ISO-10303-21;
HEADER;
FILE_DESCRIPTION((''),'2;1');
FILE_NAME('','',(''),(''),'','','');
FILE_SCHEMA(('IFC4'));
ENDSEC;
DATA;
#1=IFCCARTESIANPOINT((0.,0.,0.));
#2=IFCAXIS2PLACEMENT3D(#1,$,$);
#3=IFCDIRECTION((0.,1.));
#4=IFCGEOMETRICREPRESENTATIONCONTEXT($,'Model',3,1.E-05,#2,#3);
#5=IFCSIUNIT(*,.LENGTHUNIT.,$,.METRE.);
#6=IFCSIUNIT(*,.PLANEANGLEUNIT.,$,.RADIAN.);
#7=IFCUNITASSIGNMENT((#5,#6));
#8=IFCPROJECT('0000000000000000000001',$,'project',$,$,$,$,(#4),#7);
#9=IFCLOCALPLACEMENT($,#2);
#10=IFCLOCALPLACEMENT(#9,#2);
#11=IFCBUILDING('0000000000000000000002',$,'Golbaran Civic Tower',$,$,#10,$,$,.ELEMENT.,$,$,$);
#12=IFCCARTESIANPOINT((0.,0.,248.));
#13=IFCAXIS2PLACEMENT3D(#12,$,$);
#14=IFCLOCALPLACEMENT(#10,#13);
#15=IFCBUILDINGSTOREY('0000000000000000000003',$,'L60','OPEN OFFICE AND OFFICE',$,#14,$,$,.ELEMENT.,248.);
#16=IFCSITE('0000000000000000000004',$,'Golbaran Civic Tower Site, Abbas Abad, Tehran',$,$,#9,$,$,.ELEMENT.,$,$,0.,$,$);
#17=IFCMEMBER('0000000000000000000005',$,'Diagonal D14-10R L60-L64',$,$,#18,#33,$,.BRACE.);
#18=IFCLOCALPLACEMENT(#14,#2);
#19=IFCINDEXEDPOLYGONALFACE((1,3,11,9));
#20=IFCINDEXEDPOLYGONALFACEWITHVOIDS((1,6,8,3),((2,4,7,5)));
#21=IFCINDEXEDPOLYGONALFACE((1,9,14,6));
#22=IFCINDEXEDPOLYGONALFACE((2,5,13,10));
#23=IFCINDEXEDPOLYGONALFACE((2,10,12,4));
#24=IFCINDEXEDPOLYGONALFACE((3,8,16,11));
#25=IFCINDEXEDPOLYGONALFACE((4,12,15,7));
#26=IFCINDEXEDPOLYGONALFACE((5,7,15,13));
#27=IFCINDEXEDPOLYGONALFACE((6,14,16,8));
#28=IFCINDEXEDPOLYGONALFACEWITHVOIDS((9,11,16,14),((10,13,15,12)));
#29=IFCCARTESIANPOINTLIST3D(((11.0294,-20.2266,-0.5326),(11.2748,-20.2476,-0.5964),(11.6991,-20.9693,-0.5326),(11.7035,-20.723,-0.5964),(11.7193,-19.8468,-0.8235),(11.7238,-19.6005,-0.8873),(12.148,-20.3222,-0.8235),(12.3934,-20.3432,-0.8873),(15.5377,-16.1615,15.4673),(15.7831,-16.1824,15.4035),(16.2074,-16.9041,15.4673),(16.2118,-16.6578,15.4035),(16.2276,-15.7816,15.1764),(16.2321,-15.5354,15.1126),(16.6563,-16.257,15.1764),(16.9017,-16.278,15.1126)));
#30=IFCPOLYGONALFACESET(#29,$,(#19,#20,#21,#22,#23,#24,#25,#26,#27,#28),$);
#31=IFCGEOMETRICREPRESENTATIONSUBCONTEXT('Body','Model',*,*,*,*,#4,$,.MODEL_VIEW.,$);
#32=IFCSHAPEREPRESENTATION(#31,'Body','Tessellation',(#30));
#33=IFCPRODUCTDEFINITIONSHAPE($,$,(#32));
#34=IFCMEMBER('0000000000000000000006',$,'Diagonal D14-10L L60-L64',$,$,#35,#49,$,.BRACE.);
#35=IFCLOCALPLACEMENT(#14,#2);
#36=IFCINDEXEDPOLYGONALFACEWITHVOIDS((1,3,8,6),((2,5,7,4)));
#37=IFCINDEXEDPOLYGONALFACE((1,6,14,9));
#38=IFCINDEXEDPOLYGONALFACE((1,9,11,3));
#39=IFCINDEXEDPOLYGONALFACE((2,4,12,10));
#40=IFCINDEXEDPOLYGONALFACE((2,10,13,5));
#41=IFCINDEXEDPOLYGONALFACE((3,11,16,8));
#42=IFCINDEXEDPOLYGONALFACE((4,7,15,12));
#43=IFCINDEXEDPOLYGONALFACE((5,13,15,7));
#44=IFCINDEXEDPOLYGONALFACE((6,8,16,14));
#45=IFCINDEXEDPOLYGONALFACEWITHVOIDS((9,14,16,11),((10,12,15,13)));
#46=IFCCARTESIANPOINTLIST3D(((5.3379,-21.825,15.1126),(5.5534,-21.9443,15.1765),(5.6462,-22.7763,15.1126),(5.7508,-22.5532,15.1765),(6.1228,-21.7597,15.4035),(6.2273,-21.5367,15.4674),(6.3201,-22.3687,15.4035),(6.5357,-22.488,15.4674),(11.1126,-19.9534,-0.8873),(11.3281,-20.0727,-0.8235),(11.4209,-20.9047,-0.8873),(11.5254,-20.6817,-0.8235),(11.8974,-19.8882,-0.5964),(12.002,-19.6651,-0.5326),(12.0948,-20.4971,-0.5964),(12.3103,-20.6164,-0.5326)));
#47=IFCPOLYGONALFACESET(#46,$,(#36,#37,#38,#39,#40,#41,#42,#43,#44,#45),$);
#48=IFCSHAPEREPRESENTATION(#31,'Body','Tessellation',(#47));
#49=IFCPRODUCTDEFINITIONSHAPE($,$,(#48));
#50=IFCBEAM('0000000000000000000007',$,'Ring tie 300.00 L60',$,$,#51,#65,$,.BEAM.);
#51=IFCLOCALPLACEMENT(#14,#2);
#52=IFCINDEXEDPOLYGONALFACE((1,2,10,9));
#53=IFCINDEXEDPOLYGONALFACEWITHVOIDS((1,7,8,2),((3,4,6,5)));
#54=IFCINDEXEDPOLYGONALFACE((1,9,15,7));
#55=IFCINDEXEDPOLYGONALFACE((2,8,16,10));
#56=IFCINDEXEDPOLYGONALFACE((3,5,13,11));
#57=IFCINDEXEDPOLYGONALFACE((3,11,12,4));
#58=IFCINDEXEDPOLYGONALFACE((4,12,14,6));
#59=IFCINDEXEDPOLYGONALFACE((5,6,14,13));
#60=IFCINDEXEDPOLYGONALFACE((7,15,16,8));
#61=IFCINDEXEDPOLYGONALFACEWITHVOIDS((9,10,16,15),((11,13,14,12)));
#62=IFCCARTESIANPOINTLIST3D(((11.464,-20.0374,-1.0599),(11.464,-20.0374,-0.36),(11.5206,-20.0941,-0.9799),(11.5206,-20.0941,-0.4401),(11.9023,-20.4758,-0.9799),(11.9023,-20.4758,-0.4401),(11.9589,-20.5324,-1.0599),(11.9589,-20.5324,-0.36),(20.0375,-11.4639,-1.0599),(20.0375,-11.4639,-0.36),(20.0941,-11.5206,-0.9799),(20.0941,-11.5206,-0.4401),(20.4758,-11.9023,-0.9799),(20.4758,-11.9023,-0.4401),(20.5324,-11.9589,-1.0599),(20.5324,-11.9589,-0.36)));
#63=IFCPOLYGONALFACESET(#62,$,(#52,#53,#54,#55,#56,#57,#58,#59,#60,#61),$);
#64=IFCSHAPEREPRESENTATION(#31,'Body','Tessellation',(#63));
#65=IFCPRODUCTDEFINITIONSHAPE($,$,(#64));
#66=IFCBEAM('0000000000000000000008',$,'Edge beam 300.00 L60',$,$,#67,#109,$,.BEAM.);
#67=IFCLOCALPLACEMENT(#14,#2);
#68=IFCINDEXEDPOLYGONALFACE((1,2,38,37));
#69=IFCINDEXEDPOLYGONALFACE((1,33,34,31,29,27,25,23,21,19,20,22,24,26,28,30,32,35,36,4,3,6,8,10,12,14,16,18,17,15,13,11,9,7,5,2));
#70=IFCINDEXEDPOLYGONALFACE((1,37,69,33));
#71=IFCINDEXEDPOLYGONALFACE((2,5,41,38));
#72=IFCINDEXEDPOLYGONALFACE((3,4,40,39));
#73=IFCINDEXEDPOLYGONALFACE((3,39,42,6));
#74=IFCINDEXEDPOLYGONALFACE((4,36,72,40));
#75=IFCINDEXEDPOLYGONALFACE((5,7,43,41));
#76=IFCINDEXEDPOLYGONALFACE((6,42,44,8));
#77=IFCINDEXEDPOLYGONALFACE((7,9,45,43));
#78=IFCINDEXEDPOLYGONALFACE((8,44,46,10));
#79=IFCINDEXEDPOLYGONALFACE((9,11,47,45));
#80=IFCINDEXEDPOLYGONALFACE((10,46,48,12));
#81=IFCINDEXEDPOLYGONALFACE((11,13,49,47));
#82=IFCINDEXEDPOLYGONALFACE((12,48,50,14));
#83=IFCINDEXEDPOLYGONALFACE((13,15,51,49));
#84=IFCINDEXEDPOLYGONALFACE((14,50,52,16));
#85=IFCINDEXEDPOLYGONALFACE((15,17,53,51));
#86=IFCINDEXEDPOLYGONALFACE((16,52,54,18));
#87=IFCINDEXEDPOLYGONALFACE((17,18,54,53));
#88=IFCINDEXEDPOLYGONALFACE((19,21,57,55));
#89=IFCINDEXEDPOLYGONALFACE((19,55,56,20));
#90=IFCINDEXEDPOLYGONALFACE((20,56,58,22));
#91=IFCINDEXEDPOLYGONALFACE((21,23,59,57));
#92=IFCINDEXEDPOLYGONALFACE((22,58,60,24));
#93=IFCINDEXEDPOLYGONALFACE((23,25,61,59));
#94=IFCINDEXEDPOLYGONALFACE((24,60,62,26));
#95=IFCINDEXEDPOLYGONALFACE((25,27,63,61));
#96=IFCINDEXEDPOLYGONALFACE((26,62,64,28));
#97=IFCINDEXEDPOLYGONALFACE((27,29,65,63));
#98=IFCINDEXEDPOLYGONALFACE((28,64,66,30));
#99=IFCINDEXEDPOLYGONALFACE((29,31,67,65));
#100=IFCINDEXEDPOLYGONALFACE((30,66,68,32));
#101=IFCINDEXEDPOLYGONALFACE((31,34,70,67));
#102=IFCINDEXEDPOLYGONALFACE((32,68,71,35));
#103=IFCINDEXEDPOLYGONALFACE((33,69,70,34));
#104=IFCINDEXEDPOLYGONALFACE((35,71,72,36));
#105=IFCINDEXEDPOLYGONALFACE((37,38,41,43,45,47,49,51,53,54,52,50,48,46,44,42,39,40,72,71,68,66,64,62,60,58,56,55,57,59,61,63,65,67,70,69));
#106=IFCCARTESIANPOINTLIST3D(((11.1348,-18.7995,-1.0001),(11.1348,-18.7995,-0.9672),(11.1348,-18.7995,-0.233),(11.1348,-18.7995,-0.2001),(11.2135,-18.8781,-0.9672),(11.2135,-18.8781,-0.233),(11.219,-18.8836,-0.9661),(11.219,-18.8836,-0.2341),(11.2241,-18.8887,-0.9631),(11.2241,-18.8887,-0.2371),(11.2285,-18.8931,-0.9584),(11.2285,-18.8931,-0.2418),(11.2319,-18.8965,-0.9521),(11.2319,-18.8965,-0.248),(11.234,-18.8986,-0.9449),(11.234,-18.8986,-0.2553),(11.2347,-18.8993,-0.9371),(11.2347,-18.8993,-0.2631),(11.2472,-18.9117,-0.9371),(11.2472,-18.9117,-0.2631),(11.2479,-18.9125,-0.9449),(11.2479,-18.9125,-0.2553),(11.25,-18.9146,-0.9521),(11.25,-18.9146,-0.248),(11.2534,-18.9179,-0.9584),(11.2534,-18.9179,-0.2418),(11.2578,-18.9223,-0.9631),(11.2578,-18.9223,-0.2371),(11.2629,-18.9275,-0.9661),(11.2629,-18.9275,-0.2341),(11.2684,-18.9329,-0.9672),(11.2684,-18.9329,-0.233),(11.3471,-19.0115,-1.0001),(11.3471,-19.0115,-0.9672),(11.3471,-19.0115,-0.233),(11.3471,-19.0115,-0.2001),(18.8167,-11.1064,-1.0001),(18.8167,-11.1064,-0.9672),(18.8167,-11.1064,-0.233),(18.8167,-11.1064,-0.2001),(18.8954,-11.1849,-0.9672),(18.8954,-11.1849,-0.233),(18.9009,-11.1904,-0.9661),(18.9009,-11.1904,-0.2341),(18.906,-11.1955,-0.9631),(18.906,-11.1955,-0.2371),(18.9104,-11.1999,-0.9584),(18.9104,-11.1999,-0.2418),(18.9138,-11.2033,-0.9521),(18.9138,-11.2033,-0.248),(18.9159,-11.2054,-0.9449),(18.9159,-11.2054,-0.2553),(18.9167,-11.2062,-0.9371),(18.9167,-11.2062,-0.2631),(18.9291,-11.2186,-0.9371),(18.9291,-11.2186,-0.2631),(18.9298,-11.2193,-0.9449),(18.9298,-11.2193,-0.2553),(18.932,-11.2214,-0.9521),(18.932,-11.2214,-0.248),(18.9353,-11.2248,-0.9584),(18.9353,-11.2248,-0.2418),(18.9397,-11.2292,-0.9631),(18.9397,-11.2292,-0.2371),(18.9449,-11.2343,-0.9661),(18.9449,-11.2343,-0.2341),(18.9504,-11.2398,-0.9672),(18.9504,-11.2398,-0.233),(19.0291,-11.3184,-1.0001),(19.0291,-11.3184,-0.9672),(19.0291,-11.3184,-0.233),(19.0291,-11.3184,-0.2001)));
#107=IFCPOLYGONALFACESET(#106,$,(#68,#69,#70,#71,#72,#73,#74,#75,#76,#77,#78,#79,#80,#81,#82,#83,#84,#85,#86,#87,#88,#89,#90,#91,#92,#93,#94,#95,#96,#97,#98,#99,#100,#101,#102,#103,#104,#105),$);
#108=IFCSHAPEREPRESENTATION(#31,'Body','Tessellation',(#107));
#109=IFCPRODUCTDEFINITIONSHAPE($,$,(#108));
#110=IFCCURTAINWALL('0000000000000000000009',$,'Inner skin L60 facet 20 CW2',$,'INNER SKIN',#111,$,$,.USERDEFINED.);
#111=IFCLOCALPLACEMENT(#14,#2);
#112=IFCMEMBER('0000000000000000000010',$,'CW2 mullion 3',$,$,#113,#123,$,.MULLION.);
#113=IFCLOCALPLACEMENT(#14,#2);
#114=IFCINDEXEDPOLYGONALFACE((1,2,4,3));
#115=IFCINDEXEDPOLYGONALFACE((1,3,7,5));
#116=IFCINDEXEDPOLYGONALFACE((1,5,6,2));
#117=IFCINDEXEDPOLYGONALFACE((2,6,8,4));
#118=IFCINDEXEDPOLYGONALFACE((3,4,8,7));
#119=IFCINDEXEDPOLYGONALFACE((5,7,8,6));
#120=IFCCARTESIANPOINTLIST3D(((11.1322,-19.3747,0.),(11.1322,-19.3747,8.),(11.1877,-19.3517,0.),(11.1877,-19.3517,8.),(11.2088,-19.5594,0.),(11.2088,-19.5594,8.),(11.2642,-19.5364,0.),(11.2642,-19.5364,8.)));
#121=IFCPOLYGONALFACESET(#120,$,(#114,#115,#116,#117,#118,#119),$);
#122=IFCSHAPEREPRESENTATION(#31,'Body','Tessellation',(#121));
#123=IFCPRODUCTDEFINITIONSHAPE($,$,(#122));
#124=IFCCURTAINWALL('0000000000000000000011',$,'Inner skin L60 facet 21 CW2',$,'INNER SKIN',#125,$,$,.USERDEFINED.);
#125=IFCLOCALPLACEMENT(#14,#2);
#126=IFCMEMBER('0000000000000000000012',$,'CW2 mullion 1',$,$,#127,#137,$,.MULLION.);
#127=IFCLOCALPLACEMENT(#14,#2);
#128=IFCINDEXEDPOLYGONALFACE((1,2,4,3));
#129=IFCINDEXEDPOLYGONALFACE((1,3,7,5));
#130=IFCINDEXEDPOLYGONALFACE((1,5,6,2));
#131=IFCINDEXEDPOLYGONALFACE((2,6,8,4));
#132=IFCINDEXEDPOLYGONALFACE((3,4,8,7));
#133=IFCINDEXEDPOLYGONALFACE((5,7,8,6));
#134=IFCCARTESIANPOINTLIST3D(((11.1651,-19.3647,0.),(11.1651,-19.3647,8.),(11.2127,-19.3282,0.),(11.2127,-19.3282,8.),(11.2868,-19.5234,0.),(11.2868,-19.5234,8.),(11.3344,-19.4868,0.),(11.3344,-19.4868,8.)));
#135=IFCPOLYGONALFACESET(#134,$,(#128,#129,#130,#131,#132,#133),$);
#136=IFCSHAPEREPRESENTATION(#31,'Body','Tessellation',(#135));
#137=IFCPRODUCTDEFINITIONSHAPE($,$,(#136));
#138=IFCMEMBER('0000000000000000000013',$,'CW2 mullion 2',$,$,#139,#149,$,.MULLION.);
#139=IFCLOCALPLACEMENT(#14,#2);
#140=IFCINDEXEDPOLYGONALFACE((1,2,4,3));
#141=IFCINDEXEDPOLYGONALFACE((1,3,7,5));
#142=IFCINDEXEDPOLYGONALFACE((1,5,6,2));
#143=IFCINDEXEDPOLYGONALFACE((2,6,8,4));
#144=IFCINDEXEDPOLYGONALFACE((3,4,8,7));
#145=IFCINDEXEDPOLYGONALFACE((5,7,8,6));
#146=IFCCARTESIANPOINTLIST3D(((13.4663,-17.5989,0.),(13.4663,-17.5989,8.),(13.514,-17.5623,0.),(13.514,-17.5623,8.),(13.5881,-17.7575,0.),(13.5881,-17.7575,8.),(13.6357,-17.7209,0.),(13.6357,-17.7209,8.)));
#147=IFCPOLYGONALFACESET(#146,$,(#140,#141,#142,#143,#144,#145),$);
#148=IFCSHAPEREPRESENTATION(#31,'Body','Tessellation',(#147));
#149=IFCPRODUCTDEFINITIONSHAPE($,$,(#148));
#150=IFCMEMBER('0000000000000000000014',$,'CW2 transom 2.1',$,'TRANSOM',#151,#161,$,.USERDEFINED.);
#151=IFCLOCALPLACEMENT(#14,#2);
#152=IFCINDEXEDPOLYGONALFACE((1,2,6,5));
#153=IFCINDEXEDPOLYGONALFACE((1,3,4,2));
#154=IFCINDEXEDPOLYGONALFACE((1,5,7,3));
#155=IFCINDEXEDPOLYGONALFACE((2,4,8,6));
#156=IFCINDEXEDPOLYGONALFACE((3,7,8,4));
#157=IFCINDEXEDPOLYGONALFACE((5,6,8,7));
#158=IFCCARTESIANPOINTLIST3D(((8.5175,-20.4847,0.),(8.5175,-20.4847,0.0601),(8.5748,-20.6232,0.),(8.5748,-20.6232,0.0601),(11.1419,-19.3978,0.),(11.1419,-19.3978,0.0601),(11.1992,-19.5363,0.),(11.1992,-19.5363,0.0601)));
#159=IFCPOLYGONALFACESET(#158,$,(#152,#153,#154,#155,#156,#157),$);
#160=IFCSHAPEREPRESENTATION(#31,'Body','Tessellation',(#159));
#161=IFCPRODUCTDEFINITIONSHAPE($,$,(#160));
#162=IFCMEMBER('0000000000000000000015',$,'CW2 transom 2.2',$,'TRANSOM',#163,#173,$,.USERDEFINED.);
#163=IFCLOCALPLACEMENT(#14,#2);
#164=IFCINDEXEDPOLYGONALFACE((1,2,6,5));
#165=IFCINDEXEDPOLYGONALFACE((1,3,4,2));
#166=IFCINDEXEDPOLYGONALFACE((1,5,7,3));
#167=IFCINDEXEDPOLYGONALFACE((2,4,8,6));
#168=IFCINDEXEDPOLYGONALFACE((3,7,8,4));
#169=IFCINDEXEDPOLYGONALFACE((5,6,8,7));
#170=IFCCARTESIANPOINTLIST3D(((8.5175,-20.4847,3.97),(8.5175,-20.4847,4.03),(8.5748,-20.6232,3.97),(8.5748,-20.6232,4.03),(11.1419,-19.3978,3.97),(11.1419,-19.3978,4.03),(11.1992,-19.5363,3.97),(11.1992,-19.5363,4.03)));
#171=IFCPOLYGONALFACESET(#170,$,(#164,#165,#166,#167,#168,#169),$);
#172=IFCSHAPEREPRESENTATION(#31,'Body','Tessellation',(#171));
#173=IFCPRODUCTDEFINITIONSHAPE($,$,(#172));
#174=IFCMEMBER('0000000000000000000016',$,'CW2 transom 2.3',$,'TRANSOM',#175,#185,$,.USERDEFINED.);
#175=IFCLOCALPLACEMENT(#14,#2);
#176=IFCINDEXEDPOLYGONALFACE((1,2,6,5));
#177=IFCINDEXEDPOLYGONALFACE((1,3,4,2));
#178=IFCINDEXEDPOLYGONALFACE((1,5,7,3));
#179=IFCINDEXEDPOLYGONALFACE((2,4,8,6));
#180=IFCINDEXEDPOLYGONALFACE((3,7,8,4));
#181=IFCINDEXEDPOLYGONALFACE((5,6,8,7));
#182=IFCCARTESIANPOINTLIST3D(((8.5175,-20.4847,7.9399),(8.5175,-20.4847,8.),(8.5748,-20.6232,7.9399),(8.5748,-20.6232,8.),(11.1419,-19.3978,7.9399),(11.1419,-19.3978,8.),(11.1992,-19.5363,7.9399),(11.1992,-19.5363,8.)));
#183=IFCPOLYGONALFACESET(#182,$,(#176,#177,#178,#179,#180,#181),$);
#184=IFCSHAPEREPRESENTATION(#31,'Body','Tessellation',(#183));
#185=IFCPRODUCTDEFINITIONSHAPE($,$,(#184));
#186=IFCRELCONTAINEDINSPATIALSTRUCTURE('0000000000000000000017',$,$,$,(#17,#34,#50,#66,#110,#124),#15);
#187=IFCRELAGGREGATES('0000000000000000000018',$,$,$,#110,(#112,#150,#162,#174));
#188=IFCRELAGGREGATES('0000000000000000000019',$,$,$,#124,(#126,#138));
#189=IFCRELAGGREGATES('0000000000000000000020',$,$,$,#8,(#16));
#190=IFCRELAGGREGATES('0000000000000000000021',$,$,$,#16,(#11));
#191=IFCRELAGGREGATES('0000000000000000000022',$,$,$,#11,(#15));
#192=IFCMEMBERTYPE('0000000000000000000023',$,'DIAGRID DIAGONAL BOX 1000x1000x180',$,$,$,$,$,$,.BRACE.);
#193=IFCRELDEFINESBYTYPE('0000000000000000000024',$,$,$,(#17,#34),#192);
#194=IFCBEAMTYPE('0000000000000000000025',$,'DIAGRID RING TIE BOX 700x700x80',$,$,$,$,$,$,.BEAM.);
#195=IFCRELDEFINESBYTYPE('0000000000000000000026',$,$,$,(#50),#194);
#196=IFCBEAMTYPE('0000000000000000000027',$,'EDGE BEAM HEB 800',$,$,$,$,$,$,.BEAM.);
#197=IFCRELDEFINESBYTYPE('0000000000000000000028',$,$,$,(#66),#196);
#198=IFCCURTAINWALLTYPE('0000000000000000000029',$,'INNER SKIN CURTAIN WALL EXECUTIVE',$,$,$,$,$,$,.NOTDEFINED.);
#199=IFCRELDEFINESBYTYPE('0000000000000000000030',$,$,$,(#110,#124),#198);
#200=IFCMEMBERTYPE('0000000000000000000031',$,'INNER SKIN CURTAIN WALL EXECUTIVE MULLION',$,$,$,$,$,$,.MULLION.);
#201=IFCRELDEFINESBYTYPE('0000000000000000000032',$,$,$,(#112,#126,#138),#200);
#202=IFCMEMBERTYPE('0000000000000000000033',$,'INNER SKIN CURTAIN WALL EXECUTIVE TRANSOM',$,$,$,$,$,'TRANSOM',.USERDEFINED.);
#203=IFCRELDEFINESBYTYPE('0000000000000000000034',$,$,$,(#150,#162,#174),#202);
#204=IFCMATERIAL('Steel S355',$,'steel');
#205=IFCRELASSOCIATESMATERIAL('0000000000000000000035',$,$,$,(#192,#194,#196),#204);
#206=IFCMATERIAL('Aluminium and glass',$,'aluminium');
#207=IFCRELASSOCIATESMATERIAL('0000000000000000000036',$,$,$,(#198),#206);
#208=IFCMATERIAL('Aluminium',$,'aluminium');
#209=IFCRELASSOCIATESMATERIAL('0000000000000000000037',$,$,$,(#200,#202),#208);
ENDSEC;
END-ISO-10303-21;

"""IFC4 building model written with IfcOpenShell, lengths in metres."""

from ifc_helpers import new_model, si_unit, direction, frame, origin, origin_2d, place, context, subcontext, project, spatial, rectangle, hollow_rectangle, i_section, extrude, material, material_profile, profile_set, type_object, element, aggregate, save


model = new_model("IFC4")

# Units and contexts
model_context = context("Model", 3, precision=1e-05, world=origin(), true_north=direction((0.0, 1.0)))
body_context = subcontext(model_context, "Body", "Model", "MODEL_VIEW")
ifc_project = project(units=[si_unit("LENGTHUNIT", "METRE"), si_unit("PLANEANGLEUNIT", "RADIAN")], contexts=[model_context])

# Site, building, storey
site_placement = place(None, origin())
site = spatial("IfcSite", under=ifc_project, at=site_placement, Name="Golbaran Civic Tower Site, Abbas Abad, Tehran", CompositionType="ELEMENT", RefElevation=0.0)
building_placement = place(site_placement, origin())
building = spatial("IfcBuilding", under=site, at=building_placement, Name="Golbaran Civic Tower", CompositionType="ELEMENT")
storey_placement = place(building_placement, frame((0.0, 0.0, 248.0)))
storey = spatial("IfcBuildingStorey", under=building, at=storey_placement, Name="L60", Description="OPEN OFFICE AND OFFICE", CompositionType="ELEMENT", Elevation=248.0)

# Members
ifc_material_1 = material(Name="Steel S355", Category="steel")
ifc_material_profile_1 = material_profile(ifc_material_1, hollow_rectangle(XDim=1.0, YDim=1.0, WallThickness=0.1799, at=origin_2d()), Name="BOX 1000x1000x180")
ifc_profile_set_1 = profile_set([ifc_material_profile_1], Name="Steel S355")
member_type_1 = type_object("IfcMemberType", Name="DIAGRID DIAGONAL BOX 1000x1000x180", PredefinedType="BRACE", material=ifc_profile_set_1)
for number, where, z_axis, x_axis, name in (
    (1, (11.7114, -20.2849, -0.71), (0.263445, 0.237551, 0.934969), (-0.669667, 0.742662, 0.0), "Diagonal D14-10R L60-L64"),
    (2, (11.7114, -20.2849, -0.71), (-0.337446, -0.109367, 0.93497), (0.308314, -0.951285, 0.0), "Diagonal D14-10L L60-L64"),
):
    element("IfcMember", number, at=place(storey_placement, frame(where, z_axis=z_axis, x_axis=x_axis)), inside=storey, type_object=member_type_1, Name=name, PredefinedType="BRACE", context=body_context, shape_type="SweptSolid", body=[
        extrude(hollow_rectangle(XDim=1.0, YDim=1.0, WallThickness=0.1799, at=origin_2d()), origin(), (0.0, 0.0, 1.0), 17.1128),
    ])

# Beams
ifc_material_profile_2 = material_profile(ifc_material_1, hollow_rectangle(XDim=0.7, YDim=0.7, WallThickness=0.0801, at=origin_2d()), Name="BOX 700x700x80")
ifc_profile_set_2 = profile_set([ifc_material_profile_2], Name="Steel S355")
beam_type_1 = type_object("IfcBeamType", Name="DIAGRID RING TIE BOX 700x700x80", PredefinedType="BEAM", material=ifc_profile_set_2)
beam_1_placement = place(storey_placement, frame((11.7114, -20.2849, -0.71), z_axis=(0.707107, 0.707107, 0.0), x_axis=(-0.707107, 0.707107, 0.0)))
element("IfcBeam", 3, at=beam_1_placement, inside=storey, type_object=beam_type_1, Name="Ring tie 300.00 L60", PredefinedType="BEAM", context=body_context, shape_type="SweptSolid", body=[
    extrude(hollow_rectangle(XDim=0.7, YDim=0.7, WallThickness=0.0801, at=origin_2d()), origin(), (0.0, 0.0, 1.0), 12.1248),
])
ifc_material_profile_3 = material_profile(ifc_material_1, i_section(OverallWidth=0.3, OverallDepth=0.8, WebThickness=0.0176, FlangeThickness=0.033, FilletRadius=0.03, at=origin_2d()), Name="HEB 800")
ifc_profile_set_3 = profile_set([ifc_material_profile_3], Name="Steel S355")
beam_type_2 = type_object("IfcBeamType", Name="EDGE BEAM HEB 800", PredefinedType="BEAM", material=ifc_profile_set_3)
beam_2_placement = place(storey_placement, frame((11.241, -18.9055, -0.6001), z_axis=(0.70659, 0.707623, 0.0), x_axis=(-0.707623, 0.70659, 0.0)))
element("IfcBeam", 4, at=beam_2_placement, inside=storey, type_object=beam_type_2, Name="Edge beam 300.00 L60", PredefinedType="BEAM", context=body_context, shape_type="SweptSolid", body=[
    extrude(i_section(OverallWidth=0.3, OverallDepth=0.8, WebThickness=0.0176, FlangeThickness=0.033, FilletRadius=0.03, at=origin_2d()), origin(), (0.0, 0.0, 1.0), 10.8718),
])

# Curtain wall, member
ifc_material_2 = material(Name="Aluminium and glass", Category="aluminium")
curtain_wall_type = type_object("IfcCurtainWallType", Name="INNER SKIN CURTAIN WALL EXECUTIVE", PredefinedType="NOTDEFINED", material=ifc_material_2)
curtain_wall_1_placement = place(storey_placement, origin())
curtain_wall_1 = element("IfcCurtainWall", 5, at=curtain_wall_1_placement, inside=storey, type_object=curtain_wall_type, Name="Inner skin L60 facet 20 CW2", ObjectType="INNER SKIN", PredefinedType="USERDEFINED")
ifc_material_3 = material(Name="Aluminium", Category="aluminium")
ifc_material_profile_4 = material_profile(ifc_material_3, rectangle(XDim=0.2, YDim=0.0601, at=origin_2d()), Name="INNER SKIN CURTAIN WALL EXECUTIVE MULLION")
ifc_profile_set_4 = profile_set([ifc_material_profile_4], Name="Aluminium")
member_type_2 = type_object("IfcMemberType", Name="INNER SKIN CURTAIN WALL EXECUTIVE MULLION", PredefinedType="MULLION", material=ifc_profile_set_4)
member_1_placement = place(storey_placement, frame((11.1982, -19.4556, 0.0), z_axis=(0.0, 0.0, 1.0), x_axis=(-0.382683, 0.92388, 0.0)))
member_1 = element("IfcMember", 6, at=member_1_placement, type_object=member_type_2, Name="CW2 mullion 3", PredefinedType="MULLION", context=body_context, shape_type="SweptSolid", body=[
    extrude(rectangle(XDim=0.2, YDim=0.0601, at=origin_2d()), origin(), (0.0, 0.0, 1.0), 8.0),
])

# Curtain wall, members
curtain_wall_2_placement = place(storey_placement, origin())
curtain_wall_2 = element("IfcCurtainWall", 7, at=curtain_wall_2_placement, inside=storey, type_object=curtain_wall_type, Name="Inner skin L60 facet 21 CW2", ObjectType="INNER SKIN", PredefinedType="USERDEFINED")
member_2_placement = place(storey_placement, frame((11.2498, -19.4258, 0.0), z_axis=(0.0, 0.0, 1.0), x_axis=(-0.608761, 0.793353, 0.0)))
member_2 = element("IfcMember", 8, at=member_2_placement, type_object=member_type_2, Name="CW2 mullion 1", PredefinedType="MULLION", context=body_context, shape_type="SweptSolid", body=[
    extrude(rectangle(XDim=0.2, YDim=0.0601, at=origin_2d()), origin(), (0.0, 0.0, 1.0), 8.0),
])
member_3_placement = place(storey_placement, frame((13.551, -17.6599, 0.0), z_axis=(0.0, 0.0, 1.0), x_axis=(-0.608761, 0.793353, 0.0)))
member_3 = element("IfcMember", 9, at=member_3_placement, type_object=member_type_2, Name="CW2 mullion 2", PredefinedType="MULLION", context=body_context, shape_type="SweptSolid", body=[
    extrude(rectangle(XDim=0.2, YDim=0.0601, at=origin_2d()), origin(), (0.0, 0.0, 1.0), 8.0),
])

# Members
ifc_material_profile_5 = material_profile(ifc_material_3, rectangle(XDim=0.1499, YDim=0.0601, at=origin_2d()), Name="INNER SKIN CURTAIN WALL EXECUTIVE TRANSOM")
ifc_profile_set_5 = profile_set([ifc_material_profile_5], Name="Aluminium")
member_type_3 = type_object("IfcMemberType", Name="INNER SKIN CURTAIN WALL EXECUTIVE TRANSOM", ElementType="TRANSOM", PredefinedType="USERDEFINED", material=ifc_profile_set_5)
member_4_placement = place(storey_placement, frame((8.5461, -20.554, 0.03), z_axis=(0.923904, 0.382625, 0.0), x_axis=(-0.382625, 0.923904, 0.0)))
member_4 = element("IfcMember", 10, at=member_4_placement, type_object=member_type_3, Name="CW2 transom 2.1", ObjectType="TRANSOM", PredefinedType="USERDEFINED", context=body_context, shape_type="SweptSolid", body=[
    extrude(rectangle(XDim=0.1499, YDim=0.0601, at=origin_2d()), origin(), (0.0, 0.0, 1.0), 2.8406),
])
member_5_placement = place(storey_placement, frame((8.5461, -20.554, 4.0), z_axis=(0.923904, 0.382625, 0.0), x_axis=(-0.382625, 0.923904, 0.0)))
member_5 = element("IfcMember", 11, at=member_5_placement, type_object=member_type_3, Name="CW2 transom 2.2", ObjectType="TRANSOM", PredefinedType="USERDEFINED", context=body_context, shape_type="SweptSolid", body=[
    extrude(rectangle(XDim=0.1499, YDim=0.0601, at=origin_2d()), origin(), (0.0, 0.0, 1.0), 2.8406),
])
member_6_placement = place(storey_placement, frame((8.5461, -20.554, 7.97), z_axis=(0.923904, 0.382625, 0.0), x_axis=(-0.382625, 0.923904, 0.0)))
member_6 = element("IfcMember", 12, at=member_6_placement, type_object=member_type_3, Name="CW2 transom 2.3", ObjectType="TRANSOM", PredefinedType="USERDEFINED", context=body_context, shape_type="SweptSolid", body=[
    extrude(rectangle(XDim=0.1499, YDim=0.0601, at=origin_2d()), origin(), (0.0, 0.0, 1.0), 2.8406),
])

aggregate(curtain_wall_1, [member_1, member_4, member_5, member_6])
aggregate(curtain_wall_2, [member_2, member_3])

save(model, "model.ifc")
